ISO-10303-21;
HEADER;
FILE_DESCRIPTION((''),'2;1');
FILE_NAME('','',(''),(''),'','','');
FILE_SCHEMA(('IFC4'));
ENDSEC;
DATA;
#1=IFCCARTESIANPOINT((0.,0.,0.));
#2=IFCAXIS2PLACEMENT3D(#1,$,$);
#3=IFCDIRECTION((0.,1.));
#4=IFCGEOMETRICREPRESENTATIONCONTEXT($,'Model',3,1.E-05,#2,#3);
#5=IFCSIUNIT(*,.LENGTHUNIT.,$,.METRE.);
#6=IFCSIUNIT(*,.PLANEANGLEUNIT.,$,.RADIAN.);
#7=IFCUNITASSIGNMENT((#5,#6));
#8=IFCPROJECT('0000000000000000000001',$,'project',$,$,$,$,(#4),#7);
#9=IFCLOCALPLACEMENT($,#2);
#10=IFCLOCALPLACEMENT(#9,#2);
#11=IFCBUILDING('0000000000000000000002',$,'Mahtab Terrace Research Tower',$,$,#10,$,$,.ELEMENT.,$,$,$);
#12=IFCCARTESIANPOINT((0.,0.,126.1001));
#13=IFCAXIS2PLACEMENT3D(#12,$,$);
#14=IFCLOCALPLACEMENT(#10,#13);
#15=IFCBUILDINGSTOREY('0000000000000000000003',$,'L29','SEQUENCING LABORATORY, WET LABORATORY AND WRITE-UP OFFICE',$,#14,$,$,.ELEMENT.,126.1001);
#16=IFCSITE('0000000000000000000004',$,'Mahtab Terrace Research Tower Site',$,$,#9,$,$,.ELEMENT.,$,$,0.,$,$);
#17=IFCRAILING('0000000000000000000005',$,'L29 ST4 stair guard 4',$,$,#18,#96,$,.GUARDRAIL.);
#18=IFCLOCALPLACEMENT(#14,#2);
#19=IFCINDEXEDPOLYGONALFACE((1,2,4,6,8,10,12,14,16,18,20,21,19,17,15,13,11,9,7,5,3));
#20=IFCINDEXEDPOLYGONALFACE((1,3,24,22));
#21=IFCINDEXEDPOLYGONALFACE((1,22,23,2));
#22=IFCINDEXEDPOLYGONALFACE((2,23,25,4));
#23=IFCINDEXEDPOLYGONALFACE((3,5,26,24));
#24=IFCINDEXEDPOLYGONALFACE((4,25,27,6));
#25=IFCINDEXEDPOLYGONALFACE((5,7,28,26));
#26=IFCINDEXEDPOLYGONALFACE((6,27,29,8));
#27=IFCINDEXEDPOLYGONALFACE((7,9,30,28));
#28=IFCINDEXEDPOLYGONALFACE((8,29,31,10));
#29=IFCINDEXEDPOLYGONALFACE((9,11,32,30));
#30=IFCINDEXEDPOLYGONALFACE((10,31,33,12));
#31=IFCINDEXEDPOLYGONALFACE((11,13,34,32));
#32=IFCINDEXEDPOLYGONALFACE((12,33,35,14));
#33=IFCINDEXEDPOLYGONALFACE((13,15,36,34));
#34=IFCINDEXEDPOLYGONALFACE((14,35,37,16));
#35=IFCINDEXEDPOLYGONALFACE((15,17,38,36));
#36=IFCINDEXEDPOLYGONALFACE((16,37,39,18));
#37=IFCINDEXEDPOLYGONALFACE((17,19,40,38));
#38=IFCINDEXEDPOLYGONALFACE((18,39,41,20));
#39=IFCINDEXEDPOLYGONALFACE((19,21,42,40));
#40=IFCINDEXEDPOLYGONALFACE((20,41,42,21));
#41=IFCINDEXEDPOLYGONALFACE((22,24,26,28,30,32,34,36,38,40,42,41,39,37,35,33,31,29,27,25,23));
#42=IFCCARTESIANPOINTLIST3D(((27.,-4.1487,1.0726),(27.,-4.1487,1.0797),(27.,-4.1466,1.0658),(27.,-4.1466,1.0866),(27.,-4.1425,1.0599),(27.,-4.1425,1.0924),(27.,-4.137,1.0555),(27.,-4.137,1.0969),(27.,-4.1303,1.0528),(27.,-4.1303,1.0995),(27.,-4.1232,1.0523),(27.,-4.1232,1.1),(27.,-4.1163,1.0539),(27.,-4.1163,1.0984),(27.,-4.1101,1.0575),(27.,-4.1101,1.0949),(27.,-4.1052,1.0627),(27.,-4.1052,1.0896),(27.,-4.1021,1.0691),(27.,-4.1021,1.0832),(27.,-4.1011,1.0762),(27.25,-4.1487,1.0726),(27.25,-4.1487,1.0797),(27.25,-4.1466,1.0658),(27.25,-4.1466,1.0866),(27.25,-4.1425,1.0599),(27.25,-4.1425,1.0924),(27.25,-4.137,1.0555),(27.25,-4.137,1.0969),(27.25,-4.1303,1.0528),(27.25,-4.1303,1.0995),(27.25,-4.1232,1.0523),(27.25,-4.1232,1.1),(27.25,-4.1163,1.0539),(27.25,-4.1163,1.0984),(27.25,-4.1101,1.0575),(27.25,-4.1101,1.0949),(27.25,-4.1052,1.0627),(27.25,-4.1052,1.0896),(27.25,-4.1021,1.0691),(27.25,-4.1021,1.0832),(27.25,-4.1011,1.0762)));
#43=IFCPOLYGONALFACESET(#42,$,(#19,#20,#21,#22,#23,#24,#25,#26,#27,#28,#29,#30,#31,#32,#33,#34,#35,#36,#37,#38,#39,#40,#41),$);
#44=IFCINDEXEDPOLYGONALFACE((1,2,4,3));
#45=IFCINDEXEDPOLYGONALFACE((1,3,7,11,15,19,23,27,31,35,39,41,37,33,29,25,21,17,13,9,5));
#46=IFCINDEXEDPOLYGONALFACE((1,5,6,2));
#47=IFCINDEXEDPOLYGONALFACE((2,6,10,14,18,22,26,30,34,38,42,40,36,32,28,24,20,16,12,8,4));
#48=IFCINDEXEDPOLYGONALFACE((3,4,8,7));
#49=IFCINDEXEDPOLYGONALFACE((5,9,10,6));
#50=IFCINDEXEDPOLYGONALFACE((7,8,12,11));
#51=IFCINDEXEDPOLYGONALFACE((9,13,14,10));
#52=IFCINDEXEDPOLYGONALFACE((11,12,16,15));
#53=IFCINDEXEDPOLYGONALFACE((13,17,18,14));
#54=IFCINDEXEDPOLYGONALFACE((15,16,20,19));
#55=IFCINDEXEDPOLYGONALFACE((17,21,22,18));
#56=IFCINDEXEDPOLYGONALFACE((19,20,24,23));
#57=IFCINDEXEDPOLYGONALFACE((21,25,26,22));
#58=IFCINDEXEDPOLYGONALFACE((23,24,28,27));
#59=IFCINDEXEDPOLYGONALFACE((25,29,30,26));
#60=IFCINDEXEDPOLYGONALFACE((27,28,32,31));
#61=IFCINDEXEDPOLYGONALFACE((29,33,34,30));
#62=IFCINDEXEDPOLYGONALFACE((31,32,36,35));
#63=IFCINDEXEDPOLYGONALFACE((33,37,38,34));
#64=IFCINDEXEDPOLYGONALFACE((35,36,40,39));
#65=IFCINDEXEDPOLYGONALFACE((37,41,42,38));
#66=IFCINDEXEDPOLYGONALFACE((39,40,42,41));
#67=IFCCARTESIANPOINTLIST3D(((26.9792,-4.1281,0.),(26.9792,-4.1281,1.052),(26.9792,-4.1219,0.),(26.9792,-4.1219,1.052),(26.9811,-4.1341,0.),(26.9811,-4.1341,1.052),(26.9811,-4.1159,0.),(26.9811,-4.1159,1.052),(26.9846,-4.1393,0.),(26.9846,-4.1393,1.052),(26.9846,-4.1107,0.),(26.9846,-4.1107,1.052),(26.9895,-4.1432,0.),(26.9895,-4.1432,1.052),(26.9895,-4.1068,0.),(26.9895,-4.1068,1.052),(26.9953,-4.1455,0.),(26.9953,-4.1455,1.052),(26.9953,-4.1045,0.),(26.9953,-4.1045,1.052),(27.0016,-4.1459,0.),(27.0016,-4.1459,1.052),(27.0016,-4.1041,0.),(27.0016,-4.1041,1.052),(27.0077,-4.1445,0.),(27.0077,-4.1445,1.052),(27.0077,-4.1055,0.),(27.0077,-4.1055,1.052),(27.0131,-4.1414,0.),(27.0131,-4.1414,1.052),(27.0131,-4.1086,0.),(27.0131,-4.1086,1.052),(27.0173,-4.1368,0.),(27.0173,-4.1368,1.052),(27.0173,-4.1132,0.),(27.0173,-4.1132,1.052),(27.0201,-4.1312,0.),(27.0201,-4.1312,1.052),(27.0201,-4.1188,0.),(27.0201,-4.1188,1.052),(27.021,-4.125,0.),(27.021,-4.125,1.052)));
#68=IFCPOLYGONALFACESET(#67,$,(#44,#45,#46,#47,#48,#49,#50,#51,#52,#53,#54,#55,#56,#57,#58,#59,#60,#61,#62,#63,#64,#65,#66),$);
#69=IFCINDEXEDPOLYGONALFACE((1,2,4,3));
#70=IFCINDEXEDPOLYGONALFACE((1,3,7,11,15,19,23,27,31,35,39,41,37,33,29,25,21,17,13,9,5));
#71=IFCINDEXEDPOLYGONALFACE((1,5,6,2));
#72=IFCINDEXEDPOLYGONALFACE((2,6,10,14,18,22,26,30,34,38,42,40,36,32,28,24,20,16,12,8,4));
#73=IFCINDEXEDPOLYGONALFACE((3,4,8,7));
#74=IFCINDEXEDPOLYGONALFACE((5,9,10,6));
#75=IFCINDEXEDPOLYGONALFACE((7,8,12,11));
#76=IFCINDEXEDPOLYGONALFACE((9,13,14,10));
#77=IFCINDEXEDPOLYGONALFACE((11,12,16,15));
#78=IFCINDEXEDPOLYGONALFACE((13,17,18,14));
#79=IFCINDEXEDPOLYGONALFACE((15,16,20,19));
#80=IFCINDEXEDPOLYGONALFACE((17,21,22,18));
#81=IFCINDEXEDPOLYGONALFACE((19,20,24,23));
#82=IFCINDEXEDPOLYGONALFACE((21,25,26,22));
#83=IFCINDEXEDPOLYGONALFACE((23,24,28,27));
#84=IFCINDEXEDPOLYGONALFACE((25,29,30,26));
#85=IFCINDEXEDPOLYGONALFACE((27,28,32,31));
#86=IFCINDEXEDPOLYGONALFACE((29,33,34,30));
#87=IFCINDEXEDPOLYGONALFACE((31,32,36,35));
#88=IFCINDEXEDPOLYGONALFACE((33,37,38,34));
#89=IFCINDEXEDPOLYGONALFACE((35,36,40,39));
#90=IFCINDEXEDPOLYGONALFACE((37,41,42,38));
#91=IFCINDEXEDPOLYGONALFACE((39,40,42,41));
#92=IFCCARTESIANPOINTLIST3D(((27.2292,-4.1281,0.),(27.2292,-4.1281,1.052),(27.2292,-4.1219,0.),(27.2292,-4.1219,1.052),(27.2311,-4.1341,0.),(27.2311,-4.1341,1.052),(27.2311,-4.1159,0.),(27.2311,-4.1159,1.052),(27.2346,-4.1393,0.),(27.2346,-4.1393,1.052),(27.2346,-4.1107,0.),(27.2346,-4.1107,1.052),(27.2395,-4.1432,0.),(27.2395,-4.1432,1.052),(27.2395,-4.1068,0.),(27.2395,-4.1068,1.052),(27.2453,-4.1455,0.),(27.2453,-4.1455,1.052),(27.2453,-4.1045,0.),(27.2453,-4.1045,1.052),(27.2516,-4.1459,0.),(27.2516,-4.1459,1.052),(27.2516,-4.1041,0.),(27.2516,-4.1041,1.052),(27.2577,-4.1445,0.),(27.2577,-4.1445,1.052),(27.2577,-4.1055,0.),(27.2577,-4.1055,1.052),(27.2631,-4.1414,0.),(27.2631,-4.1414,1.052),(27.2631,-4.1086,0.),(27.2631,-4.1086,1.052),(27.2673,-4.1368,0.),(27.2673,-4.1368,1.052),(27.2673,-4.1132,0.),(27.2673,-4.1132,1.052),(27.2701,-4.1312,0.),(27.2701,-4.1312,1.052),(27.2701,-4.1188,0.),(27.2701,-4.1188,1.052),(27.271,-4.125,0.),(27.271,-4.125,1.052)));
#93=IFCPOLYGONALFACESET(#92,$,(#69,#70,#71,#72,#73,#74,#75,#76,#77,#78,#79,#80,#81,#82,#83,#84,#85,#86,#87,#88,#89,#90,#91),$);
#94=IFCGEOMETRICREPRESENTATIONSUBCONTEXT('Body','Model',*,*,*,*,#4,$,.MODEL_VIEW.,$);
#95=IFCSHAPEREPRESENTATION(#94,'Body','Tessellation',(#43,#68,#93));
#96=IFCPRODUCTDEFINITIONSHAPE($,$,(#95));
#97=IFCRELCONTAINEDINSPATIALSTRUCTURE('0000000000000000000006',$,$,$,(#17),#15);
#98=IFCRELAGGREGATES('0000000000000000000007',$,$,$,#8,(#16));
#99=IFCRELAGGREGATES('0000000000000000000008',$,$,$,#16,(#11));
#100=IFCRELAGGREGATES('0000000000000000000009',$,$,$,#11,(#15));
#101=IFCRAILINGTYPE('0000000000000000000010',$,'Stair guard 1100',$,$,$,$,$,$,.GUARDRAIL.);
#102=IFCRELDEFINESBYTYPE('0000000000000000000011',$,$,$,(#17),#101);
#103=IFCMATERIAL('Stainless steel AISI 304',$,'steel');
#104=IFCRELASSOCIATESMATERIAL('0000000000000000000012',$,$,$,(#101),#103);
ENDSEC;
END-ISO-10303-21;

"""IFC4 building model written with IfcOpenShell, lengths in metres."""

from ifc_helpers import new_model, si_unit, direction, frame, origin, origin_2d, place, context, subcontext, project, spatial, circle, extrude, material, type_object, element, save


model = new_model("IFC4")

# Units and contexts
model_context = context("Model", 3, precision=1e-05, world=origin(), true_north=direction((0.0, 1.0)))
body_context = subcontext(model_context, "Body", "Model", "MODEL_VIEW")
ifc_project = project(units=[si_unit("LENGTHUNIT", "METRE"), si_unit("PLANEANGLEUNIT", "RADIAN")], contexts=[model_context])

# Site, building, storey
site_placement = place(None, origin())
site = spatial("IfcSite", under=ifc_project, at=site_placement, Name="Mahtab Terrace Research Tower Site", CompositionType="ELEMENT", RefElevation=0.0)
building_placement = place(site_placement, origin())
building = spatial("IfcBuilding", under=site, at=building_placement, Name="Mahtab Terrace Research Tower", CompositionType="ELEMENT")
storey_placement = place(building_placement, frame((0.0, 0.0, 126.1001)))
storey = spatial("IfcBuildingStorey", under=building, at=storey_placement, Name="L29", Description="SEQUENCING LABORATORY, WET LABORATORY AND WRITE-UP OFFICE", CompositionType="ELEMENT", Elevation=126.1001)

# Railing
ifc_material_1 = material(Name="Stainless steel AISI 304", Category="steel")
railing_type_1 = type_object("IfcRailingType", Name="Stair guard 1100", PredefinedType="GUARDRAIL", material=ifc_material_1)
railing_1_placement = place(storey_placement, frame((27.0, -4.125, 0.0)))
element("IfcRailing", 1, at=railing_1_placement, inside=storey, type_object=railing_type_1, Name="L29 ST4 stair guard 4", PredefinedType="GUARDRAIL", context=body_context, shape_type="SweptSolid", body=[
    extrude(circle(Radius=0.0239, at=origin_2d()), frame((0.0, 0.0, 1.0762), z_axis=(1.0, 0.0, 0.0), x_axis=(0.0, 1.0, 0.0)), (0.0, 0.0, 1.0), 0.25),
    extrude(circle(Radius=0.021, at=origin_2d()), origin(), (0.0, 0.0, 1.0), 1.052),
    extrude(circle(Radius=0.021, at=origin_2d()), frame((0.25, 0.0, 0.0)), (0.0, 0.0, 1.0), 1.052),
])

save(model, "model.ifc")
